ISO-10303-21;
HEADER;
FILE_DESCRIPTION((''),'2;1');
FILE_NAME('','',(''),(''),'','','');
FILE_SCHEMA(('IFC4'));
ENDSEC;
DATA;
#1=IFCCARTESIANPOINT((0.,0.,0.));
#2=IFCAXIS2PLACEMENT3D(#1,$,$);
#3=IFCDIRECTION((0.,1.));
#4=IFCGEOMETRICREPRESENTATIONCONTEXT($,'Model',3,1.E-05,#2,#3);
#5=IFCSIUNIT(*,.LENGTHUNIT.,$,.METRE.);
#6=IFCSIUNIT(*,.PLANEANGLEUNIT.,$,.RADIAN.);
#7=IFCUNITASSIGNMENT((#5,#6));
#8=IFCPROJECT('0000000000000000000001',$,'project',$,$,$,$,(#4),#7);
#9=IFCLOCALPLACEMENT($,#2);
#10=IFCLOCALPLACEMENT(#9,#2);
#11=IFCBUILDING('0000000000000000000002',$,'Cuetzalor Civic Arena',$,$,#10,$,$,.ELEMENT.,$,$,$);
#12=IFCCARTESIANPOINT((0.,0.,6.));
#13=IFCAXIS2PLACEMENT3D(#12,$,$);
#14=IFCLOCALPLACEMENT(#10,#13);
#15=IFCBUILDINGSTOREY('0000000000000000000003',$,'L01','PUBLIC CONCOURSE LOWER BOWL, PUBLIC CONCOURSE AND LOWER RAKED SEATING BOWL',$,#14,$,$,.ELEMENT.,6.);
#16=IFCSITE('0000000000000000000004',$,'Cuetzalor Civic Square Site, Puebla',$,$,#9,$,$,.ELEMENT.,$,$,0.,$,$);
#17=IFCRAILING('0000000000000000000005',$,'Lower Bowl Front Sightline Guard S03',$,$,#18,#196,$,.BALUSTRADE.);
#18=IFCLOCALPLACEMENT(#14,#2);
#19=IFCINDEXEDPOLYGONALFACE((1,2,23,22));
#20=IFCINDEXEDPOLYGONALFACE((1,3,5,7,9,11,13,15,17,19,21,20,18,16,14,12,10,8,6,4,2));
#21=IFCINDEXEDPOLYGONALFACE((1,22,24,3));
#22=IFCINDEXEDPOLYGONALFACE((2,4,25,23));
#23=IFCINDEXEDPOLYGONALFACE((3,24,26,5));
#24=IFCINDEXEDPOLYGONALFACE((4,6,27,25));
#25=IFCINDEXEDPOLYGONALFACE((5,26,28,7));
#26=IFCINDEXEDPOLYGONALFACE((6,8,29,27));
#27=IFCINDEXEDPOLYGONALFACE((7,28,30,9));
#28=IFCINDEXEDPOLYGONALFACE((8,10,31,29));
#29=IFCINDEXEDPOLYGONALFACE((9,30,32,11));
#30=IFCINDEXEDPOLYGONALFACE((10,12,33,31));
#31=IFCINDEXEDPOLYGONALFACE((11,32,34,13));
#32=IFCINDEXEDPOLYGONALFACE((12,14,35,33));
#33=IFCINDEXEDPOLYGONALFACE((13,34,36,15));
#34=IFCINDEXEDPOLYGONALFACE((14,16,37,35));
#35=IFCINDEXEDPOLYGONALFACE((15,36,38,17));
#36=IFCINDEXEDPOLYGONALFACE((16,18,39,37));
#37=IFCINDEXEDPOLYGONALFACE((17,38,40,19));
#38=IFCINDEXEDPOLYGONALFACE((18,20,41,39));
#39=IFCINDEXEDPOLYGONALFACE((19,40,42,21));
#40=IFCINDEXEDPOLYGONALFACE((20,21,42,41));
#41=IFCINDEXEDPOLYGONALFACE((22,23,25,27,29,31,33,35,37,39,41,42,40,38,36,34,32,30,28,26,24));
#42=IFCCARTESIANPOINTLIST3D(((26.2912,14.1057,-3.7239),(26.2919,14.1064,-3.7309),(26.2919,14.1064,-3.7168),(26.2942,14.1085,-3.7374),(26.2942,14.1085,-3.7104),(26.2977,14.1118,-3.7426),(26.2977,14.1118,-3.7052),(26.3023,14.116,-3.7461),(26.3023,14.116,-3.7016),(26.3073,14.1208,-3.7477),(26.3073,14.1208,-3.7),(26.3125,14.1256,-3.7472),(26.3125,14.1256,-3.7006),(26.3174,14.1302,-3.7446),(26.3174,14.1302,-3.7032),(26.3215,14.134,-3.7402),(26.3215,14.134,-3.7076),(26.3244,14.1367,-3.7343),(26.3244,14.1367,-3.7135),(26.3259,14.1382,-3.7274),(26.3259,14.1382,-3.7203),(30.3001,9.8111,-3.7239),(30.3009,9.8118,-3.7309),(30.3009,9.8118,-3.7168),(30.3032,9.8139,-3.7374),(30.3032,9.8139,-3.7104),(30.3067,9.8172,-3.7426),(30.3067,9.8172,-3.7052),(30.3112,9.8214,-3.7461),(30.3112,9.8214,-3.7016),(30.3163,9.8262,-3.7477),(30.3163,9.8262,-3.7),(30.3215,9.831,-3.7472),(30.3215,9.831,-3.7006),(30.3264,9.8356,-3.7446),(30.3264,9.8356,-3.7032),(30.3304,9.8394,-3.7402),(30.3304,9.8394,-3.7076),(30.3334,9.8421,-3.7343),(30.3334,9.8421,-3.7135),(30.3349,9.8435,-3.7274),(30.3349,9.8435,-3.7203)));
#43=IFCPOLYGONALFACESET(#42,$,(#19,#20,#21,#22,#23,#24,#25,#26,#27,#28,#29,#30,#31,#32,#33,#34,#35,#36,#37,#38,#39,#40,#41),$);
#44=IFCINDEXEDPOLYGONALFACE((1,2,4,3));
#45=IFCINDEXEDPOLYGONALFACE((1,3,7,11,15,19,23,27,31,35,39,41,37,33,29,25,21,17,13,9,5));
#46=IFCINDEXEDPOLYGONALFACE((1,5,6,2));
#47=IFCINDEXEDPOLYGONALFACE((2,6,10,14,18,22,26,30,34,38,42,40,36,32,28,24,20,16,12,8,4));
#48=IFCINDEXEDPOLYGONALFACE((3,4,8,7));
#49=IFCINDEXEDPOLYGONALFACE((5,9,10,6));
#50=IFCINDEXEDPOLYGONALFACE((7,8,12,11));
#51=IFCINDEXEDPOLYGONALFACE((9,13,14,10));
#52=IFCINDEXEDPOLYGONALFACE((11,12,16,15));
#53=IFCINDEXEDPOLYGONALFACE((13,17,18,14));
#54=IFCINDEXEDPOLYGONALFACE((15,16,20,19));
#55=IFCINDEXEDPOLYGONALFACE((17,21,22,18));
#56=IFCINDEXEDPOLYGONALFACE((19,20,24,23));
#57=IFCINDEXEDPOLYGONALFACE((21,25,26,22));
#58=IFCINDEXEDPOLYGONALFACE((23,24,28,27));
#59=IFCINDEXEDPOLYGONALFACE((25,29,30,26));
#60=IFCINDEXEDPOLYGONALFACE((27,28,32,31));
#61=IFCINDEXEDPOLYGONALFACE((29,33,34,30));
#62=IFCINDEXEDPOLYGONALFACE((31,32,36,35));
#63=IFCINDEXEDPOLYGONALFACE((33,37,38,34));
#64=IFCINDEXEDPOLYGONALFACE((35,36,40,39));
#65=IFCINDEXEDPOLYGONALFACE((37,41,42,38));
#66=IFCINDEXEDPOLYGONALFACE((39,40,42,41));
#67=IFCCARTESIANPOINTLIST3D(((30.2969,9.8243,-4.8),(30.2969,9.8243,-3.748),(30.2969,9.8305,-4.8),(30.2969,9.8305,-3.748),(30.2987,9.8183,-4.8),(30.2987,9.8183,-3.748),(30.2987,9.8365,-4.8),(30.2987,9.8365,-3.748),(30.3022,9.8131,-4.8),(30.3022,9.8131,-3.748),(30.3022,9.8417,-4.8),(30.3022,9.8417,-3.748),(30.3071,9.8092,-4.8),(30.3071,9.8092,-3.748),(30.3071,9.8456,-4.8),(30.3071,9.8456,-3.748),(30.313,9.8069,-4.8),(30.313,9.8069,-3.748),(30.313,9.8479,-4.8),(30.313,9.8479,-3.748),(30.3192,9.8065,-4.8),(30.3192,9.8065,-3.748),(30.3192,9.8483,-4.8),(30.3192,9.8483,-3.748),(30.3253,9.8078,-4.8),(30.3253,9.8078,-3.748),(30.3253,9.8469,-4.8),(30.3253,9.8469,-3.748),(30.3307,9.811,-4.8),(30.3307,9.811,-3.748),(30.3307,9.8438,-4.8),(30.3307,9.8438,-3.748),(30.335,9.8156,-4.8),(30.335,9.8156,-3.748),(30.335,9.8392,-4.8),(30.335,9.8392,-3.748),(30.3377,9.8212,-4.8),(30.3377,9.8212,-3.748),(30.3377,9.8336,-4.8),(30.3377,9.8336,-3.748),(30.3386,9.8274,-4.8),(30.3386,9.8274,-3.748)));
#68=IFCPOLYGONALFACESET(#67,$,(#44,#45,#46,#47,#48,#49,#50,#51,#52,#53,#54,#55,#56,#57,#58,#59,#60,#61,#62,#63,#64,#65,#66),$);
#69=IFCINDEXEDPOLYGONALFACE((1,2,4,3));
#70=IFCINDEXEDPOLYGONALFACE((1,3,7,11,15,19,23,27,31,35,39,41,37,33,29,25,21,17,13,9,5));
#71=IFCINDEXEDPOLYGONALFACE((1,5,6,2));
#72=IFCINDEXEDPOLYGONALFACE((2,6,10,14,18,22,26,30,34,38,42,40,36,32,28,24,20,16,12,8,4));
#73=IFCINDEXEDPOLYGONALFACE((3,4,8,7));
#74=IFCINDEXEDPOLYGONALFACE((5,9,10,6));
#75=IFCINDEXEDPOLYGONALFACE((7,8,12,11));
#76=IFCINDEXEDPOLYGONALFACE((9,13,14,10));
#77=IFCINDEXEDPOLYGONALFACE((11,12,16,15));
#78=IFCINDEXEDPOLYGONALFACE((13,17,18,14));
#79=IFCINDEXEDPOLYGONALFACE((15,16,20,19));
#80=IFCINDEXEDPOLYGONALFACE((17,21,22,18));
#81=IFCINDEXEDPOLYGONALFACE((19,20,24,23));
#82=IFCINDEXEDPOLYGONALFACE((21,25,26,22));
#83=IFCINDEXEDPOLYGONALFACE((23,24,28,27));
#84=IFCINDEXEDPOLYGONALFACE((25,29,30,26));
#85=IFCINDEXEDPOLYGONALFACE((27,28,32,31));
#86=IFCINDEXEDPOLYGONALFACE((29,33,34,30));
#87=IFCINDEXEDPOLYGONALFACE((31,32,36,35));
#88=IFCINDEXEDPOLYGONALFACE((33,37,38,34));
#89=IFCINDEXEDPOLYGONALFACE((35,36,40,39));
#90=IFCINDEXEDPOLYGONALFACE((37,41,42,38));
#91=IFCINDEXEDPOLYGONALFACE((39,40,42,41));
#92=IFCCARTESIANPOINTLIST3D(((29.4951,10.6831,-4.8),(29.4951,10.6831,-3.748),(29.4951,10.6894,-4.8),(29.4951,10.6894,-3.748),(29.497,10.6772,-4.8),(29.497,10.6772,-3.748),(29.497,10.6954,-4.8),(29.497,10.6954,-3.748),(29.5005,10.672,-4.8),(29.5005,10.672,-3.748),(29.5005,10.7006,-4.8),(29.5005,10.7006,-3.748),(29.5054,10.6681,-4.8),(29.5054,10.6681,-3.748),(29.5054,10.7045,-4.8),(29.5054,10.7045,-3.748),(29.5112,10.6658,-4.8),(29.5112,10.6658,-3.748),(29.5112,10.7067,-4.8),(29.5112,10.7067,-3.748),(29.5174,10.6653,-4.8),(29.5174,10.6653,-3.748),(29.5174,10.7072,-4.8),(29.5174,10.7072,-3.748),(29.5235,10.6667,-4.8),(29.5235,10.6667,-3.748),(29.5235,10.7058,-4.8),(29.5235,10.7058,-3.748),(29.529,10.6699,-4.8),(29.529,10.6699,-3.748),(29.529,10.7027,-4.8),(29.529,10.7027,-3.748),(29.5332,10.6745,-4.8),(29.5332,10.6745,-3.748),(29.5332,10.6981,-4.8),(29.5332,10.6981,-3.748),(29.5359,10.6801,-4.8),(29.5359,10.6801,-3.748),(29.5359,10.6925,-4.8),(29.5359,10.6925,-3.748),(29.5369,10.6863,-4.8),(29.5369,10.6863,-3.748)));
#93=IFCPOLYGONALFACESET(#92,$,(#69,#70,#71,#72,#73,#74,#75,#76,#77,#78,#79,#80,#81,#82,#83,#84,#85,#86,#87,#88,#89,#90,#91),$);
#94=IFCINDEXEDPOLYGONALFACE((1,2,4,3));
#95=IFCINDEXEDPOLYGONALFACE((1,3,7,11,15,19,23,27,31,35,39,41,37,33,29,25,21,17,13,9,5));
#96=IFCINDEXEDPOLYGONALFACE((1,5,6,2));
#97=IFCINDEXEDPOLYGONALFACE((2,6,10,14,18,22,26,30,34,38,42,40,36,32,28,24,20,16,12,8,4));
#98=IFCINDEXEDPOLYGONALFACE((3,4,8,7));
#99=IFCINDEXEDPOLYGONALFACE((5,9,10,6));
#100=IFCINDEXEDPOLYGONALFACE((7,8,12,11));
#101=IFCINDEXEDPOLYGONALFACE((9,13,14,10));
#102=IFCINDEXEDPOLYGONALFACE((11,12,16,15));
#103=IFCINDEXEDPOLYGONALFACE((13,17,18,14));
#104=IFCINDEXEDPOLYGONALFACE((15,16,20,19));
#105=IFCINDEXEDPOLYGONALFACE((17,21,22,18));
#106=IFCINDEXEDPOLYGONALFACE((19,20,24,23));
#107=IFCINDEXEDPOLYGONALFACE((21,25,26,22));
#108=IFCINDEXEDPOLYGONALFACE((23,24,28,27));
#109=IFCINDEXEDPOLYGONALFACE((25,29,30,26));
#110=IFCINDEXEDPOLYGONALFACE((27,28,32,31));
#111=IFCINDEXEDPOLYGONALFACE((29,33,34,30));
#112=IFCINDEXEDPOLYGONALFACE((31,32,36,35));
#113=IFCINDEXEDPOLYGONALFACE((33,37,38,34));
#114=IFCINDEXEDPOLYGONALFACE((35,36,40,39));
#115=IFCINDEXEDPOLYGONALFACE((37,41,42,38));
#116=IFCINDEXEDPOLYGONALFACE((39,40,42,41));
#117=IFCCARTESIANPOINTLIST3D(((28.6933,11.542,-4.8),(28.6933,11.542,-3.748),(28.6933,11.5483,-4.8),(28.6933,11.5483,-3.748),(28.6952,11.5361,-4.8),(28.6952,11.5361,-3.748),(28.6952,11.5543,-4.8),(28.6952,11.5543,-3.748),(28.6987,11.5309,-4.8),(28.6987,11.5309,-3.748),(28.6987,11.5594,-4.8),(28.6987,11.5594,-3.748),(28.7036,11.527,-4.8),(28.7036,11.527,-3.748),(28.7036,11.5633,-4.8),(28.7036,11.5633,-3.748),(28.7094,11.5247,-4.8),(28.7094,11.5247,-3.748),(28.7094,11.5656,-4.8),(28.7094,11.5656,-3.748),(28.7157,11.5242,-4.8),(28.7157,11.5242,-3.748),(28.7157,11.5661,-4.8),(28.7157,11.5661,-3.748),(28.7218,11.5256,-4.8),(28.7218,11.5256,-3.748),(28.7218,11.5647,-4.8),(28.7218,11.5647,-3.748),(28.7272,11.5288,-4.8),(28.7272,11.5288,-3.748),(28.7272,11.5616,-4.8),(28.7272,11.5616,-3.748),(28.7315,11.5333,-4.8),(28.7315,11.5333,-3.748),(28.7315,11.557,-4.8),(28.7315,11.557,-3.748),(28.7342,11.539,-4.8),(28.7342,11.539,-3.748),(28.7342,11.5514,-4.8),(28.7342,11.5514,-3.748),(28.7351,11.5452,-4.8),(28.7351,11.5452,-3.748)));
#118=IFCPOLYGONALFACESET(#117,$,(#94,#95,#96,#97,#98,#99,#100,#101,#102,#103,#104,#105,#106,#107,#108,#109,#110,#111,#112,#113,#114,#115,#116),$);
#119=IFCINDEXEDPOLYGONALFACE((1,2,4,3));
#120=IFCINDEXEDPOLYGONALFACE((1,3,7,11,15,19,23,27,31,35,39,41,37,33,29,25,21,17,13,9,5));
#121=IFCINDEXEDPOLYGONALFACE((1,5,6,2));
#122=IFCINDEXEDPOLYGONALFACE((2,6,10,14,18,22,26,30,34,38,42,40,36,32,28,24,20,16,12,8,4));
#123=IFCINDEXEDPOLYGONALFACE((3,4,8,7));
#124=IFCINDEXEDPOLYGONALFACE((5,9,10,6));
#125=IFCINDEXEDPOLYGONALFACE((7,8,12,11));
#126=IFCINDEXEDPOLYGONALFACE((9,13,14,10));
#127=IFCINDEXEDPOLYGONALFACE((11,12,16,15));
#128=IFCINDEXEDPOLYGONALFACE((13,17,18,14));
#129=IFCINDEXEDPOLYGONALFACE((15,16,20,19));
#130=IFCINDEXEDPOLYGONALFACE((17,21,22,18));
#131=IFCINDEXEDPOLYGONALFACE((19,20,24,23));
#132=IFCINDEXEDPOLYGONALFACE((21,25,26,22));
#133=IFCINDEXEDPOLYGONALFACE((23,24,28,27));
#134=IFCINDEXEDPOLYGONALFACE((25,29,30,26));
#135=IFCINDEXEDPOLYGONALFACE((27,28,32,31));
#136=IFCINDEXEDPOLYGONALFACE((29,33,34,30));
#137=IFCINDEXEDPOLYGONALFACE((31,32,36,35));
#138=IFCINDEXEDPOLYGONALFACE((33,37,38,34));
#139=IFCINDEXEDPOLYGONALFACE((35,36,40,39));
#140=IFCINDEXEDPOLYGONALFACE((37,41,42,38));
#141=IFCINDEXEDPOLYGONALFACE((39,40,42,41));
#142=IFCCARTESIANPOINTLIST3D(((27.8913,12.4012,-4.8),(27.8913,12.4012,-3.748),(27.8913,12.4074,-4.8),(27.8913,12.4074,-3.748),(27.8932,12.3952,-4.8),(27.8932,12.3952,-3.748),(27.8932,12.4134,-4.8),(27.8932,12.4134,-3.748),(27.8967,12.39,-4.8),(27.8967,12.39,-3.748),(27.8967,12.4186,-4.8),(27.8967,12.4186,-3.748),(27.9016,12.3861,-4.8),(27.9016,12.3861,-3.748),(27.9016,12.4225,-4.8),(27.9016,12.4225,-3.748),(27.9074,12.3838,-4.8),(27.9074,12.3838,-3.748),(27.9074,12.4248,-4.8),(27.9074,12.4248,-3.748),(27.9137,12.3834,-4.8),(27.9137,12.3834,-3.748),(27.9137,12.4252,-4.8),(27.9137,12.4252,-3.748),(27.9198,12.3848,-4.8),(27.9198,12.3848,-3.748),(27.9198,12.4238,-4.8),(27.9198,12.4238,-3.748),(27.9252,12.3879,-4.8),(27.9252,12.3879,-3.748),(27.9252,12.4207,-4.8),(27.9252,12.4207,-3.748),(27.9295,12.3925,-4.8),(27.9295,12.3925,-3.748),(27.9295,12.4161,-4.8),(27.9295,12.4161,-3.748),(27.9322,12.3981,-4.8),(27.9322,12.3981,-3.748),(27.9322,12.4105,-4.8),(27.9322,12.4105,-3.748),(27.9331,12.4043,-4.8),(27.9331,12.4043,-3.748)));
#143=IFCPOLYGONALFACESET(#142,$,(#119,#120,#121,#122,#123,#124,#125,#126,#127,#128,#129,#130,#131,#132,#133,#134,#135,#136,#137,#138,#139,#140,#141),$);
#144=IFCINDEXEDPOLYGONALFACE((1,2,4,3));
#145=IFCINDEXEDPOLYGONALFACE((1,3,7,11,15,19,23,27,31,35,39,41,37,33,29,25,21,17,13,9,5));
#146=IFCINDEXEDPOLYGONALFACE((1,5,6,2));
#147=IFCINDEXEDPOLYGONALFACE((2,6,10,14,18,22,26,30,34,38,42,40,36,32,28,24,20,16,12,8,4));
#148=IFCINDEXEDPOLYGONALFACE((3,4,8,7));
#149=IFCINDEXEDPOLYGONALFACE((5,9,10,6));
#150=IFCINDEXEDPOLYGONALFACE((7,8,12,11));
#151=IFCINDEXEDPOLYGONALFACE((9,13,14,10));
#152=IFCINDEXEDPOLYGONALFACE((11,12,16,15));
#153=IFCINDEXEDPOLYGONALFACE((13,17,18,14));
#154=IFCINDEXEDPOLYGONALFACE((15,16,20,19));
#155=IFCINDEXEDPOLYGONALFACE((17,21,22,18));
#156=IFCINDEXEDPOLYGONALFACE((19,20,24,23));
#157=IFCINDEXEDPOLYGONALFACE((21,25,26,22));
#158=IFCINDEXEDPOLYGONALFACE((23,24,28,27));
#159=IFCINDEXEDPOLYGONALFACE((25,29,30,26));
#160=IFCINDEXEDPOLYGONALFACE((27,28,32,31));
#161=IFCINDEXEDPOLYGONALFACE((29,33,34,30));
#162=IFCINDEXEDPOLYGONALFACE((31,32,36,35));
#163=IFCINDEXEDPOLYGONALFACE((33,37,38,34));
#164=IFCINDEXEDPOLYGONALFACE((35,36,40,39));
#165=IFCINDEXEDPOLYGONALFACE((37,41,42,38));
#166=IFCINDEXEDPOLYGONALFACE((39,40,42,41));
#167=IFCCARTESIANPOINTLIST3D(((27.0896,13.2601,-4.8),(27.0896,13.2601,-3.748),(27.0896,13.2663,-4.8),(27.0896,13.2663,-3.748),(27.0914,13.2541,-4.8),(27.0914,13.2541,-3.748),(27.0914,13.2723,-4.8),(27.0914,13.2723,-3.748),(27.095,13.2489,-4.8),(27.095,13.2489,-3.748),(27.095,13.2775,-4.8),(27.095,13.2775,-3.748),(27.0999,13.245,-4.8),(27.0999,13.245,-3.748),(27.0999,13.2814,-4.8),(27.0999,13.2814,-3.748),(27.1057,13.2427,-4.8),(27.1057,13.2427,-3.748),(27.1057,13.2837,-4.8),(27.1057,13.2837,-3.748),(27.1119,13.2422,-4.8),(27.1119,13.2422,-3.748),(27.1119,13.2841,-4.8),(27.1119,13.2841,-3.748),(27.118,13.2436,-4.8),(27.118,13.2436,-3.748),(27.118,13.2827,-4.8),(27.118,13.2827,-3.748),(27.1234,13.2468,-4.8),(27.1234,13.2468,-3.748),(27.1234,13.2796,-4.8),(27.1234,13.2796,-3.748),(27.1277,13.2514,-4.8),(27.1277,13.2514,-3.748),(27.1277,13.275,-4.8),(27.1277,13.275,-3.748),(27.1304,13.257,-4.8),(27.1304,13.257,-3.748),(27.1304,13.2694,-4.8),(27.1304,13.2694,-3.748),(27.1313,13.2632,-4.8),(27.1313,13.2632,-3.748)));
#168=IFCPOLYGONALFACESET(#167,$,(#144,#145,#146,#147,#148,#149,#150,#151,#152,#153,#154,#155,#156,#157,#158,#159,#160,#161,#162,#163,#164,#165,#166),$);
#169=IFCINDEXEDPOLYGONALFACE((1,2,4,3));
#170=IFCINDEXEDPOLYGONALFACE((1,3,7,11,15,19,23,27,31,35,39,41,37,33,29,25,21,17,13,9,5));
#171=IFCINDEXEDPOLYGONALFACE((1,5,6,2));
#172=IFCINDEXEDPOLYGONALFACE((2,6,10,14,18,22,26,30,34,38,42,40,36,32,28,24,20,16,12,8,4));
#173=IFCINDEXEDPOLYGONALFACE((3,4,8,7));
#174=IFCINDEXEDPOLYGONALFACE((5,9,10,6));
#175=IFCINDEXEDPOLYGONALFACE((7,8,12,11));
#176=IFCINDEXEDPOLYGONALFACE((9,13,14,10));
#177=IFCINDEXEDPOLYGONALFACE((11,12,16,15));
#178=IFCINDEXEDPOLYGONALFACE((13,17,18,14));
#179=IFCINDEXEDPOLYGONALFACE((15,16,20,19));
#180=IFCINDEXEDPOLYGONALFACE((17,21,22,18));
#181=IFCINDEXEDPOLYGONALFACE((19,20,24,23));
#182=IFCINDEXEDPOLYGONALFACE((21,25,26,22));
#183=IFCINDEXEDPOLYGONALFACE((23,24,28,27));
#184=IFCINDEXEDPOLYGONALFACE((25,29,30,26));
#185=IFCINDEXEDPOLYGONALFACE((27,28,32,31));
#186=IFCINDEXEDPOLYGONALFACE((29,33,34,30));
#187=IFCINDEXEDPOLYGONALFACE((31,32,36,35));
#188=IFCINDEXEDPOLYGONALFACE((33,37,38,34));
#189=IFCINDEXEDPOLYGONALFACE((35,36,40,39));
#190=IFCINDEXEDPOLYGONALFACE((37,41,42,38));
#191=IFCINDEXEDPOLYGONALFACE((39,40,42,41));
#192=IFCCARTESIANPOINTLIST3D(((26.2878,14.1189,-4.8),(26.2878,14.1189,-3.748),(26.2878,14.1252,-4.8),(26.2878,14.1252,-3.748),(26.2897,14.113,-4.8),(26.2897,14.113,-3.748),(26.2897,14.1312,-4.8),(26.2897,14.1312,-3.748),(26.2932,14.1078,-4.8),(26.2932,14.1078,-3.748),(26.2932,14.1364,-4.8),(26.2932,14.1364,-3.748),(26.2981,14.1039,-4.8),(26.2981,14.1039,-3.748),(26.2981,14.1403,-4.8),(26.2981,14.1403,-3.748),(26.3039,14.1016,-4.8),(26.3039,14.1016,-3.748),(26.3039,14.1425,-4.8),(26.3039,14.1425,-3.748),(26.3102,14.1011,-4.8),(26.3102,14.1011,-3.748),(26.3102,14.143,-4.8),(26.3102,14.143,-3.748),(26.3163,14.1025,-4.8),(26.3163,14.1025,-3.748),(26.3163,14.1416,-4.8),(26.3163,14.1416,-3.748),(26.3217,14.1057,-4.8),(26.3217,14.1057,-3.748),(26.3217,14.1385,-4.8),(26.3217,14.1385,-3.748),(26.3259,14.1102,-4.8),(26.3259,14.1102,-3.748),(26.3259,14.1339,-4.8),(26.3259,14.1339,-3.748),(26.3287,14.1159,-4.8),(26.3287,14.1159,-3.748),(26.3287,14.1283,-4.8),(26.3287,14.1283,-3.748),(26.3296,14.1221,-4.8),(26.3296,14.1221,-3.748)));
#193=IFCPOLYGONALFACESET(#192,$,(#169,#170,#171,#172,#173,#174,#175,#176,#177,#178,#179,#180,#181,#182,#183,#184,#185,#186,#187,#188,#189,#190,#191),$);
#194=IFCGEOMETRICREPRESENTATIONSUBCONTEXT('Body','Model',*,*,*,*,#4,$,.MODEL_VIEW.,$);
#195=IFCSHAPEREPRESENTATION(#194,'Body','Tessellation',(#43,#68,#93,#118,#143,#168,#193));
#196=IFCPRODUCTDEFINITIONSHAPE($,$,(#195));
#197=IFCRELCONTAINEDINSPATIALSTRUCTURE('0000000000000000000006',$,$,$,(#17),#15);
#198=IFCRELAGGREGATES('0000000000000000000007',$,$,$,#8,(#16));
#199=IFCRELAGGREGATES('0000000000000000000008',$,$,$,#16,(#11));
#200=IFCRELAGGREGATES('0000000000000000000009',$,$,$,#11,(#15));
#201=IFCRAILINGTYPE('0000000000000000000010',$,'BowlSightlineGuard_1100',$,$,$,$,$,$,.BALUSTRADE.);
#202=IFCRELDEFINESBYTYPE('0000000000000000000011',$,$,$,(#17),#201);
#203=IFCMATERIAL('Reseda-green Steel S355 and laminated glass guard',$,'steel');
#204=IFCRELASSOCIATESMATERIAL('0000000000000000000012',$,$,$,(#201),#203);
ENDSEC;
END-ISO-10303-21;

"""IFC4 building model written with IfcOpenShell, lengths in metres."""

from ifc_helpers import new_model, si_unit, direction, frame, origin, origin_2d, place, context, subcontext, project, spatial, circle, extrude, material, type_object, element, save


model = new_model("IFC4")

# Units and contexts
model_context = context("Model", 3, precision=1e-05, world=origin(), true_north=direction((0.0, 1.0)))
body_context = subcontext(model_context, "Body", "Model", "MODEL_VIEW")
ifc_project = project(units=[si_unit("LENGTHUNIT", "METRE"), si_unit("PLANEANGLEUNIT", "RADIAN")], contexts=[model_context])

# Site, building, storey
site_placement = place(None, origin())
site = spatial("IfcSite", under=ifc_project, at=site_placement, Name="Cuetzalor Civic Square Site, Puebla", CompositionType="ELEMENT", RefElevation=0.0)
building_placement = place(site_placement, origin())
building = spatial("IfcBuilding", under=site, at=building_placement, Name="Cuetzalor Civic Arena", CompositionType="ELEMENT")
storey_placement = place(building_placement, frame((0.0, 0.0, 6.0)))
storey = spatial("IfcBuildingStorey", under=building, at=storey_placement, Name="L01", Description="PUBLIC CONCOURSE LOWER BOWL, PUBLIC CONCOURSE AND LOWER RAKED SEATING BOWL", CompositionType="ELEMENT", Elevation=6.0)

# Railing
ifc_material_1 = material(Name="Reseda-green Steel S355 and laminated glass guard", Category="steel")
railing_type = type_object("IfcRailingType", Name="BowlSightlineGuard_1100", PredefinedType="BALUSTRADE", material=ifc_material_1)
railing_1_placement = place(storey_placement, frame((30.3176, 9.8274, -4.8)))
element("IfcRailing", 1, at=railing_1_placement, inside=storey, type_object=railing_type, Name="Lower Bowl Front Sightline Guard S03", PredefinedType="BALUSTRADE", context=body_context, shape_type="SweptSolid", body=[
    extrude(circle(Radius=0.0239, at=origin_2d()), frame((0.0, 0.0, 1.0762), z_axis=(-0.682379, 0.730999, 0.0), x_axis=(-0.730999, -0.682379, 0.0)), (0.0, 0.0, 1.0), 5.875),
    extrude(circle(Radius=0.021, at=origin_2d()), origin(), (0.0, 0.0, 1.0), 1.052),
    extrude(circle(Radius=0.021, at=origin_2d()), frame((-0.8018, 0.8589, 0.0)), (0.0, 0.0, 1.0), 1.052),
    extrude(circle(Radius=0.021, at=origin_2d()), frame((-1.6035, 1.7178, 0.0)), (0.0, 0.0, 1.0), 1.052),
    extrude(circle(Radius=0.021, at=origin_2d()), frame((-2.4055, 2.5769, 0.0)), (0.0, 0.0, 1.0), 1.052),
    extrude(circle(Radius=0.021, at=origin_2d()), frame((-3.2073, 3.4358, 0.0)), (0.0, 0.0, 1.0), 1.052),
    extrude(circle(Radius=0.021, at=origin_2d()), frame((-4.009, 4.2947, 0.0)), (0.0, 0.0, 1.0), 1.052),
])

save(model, "model.ifc")
